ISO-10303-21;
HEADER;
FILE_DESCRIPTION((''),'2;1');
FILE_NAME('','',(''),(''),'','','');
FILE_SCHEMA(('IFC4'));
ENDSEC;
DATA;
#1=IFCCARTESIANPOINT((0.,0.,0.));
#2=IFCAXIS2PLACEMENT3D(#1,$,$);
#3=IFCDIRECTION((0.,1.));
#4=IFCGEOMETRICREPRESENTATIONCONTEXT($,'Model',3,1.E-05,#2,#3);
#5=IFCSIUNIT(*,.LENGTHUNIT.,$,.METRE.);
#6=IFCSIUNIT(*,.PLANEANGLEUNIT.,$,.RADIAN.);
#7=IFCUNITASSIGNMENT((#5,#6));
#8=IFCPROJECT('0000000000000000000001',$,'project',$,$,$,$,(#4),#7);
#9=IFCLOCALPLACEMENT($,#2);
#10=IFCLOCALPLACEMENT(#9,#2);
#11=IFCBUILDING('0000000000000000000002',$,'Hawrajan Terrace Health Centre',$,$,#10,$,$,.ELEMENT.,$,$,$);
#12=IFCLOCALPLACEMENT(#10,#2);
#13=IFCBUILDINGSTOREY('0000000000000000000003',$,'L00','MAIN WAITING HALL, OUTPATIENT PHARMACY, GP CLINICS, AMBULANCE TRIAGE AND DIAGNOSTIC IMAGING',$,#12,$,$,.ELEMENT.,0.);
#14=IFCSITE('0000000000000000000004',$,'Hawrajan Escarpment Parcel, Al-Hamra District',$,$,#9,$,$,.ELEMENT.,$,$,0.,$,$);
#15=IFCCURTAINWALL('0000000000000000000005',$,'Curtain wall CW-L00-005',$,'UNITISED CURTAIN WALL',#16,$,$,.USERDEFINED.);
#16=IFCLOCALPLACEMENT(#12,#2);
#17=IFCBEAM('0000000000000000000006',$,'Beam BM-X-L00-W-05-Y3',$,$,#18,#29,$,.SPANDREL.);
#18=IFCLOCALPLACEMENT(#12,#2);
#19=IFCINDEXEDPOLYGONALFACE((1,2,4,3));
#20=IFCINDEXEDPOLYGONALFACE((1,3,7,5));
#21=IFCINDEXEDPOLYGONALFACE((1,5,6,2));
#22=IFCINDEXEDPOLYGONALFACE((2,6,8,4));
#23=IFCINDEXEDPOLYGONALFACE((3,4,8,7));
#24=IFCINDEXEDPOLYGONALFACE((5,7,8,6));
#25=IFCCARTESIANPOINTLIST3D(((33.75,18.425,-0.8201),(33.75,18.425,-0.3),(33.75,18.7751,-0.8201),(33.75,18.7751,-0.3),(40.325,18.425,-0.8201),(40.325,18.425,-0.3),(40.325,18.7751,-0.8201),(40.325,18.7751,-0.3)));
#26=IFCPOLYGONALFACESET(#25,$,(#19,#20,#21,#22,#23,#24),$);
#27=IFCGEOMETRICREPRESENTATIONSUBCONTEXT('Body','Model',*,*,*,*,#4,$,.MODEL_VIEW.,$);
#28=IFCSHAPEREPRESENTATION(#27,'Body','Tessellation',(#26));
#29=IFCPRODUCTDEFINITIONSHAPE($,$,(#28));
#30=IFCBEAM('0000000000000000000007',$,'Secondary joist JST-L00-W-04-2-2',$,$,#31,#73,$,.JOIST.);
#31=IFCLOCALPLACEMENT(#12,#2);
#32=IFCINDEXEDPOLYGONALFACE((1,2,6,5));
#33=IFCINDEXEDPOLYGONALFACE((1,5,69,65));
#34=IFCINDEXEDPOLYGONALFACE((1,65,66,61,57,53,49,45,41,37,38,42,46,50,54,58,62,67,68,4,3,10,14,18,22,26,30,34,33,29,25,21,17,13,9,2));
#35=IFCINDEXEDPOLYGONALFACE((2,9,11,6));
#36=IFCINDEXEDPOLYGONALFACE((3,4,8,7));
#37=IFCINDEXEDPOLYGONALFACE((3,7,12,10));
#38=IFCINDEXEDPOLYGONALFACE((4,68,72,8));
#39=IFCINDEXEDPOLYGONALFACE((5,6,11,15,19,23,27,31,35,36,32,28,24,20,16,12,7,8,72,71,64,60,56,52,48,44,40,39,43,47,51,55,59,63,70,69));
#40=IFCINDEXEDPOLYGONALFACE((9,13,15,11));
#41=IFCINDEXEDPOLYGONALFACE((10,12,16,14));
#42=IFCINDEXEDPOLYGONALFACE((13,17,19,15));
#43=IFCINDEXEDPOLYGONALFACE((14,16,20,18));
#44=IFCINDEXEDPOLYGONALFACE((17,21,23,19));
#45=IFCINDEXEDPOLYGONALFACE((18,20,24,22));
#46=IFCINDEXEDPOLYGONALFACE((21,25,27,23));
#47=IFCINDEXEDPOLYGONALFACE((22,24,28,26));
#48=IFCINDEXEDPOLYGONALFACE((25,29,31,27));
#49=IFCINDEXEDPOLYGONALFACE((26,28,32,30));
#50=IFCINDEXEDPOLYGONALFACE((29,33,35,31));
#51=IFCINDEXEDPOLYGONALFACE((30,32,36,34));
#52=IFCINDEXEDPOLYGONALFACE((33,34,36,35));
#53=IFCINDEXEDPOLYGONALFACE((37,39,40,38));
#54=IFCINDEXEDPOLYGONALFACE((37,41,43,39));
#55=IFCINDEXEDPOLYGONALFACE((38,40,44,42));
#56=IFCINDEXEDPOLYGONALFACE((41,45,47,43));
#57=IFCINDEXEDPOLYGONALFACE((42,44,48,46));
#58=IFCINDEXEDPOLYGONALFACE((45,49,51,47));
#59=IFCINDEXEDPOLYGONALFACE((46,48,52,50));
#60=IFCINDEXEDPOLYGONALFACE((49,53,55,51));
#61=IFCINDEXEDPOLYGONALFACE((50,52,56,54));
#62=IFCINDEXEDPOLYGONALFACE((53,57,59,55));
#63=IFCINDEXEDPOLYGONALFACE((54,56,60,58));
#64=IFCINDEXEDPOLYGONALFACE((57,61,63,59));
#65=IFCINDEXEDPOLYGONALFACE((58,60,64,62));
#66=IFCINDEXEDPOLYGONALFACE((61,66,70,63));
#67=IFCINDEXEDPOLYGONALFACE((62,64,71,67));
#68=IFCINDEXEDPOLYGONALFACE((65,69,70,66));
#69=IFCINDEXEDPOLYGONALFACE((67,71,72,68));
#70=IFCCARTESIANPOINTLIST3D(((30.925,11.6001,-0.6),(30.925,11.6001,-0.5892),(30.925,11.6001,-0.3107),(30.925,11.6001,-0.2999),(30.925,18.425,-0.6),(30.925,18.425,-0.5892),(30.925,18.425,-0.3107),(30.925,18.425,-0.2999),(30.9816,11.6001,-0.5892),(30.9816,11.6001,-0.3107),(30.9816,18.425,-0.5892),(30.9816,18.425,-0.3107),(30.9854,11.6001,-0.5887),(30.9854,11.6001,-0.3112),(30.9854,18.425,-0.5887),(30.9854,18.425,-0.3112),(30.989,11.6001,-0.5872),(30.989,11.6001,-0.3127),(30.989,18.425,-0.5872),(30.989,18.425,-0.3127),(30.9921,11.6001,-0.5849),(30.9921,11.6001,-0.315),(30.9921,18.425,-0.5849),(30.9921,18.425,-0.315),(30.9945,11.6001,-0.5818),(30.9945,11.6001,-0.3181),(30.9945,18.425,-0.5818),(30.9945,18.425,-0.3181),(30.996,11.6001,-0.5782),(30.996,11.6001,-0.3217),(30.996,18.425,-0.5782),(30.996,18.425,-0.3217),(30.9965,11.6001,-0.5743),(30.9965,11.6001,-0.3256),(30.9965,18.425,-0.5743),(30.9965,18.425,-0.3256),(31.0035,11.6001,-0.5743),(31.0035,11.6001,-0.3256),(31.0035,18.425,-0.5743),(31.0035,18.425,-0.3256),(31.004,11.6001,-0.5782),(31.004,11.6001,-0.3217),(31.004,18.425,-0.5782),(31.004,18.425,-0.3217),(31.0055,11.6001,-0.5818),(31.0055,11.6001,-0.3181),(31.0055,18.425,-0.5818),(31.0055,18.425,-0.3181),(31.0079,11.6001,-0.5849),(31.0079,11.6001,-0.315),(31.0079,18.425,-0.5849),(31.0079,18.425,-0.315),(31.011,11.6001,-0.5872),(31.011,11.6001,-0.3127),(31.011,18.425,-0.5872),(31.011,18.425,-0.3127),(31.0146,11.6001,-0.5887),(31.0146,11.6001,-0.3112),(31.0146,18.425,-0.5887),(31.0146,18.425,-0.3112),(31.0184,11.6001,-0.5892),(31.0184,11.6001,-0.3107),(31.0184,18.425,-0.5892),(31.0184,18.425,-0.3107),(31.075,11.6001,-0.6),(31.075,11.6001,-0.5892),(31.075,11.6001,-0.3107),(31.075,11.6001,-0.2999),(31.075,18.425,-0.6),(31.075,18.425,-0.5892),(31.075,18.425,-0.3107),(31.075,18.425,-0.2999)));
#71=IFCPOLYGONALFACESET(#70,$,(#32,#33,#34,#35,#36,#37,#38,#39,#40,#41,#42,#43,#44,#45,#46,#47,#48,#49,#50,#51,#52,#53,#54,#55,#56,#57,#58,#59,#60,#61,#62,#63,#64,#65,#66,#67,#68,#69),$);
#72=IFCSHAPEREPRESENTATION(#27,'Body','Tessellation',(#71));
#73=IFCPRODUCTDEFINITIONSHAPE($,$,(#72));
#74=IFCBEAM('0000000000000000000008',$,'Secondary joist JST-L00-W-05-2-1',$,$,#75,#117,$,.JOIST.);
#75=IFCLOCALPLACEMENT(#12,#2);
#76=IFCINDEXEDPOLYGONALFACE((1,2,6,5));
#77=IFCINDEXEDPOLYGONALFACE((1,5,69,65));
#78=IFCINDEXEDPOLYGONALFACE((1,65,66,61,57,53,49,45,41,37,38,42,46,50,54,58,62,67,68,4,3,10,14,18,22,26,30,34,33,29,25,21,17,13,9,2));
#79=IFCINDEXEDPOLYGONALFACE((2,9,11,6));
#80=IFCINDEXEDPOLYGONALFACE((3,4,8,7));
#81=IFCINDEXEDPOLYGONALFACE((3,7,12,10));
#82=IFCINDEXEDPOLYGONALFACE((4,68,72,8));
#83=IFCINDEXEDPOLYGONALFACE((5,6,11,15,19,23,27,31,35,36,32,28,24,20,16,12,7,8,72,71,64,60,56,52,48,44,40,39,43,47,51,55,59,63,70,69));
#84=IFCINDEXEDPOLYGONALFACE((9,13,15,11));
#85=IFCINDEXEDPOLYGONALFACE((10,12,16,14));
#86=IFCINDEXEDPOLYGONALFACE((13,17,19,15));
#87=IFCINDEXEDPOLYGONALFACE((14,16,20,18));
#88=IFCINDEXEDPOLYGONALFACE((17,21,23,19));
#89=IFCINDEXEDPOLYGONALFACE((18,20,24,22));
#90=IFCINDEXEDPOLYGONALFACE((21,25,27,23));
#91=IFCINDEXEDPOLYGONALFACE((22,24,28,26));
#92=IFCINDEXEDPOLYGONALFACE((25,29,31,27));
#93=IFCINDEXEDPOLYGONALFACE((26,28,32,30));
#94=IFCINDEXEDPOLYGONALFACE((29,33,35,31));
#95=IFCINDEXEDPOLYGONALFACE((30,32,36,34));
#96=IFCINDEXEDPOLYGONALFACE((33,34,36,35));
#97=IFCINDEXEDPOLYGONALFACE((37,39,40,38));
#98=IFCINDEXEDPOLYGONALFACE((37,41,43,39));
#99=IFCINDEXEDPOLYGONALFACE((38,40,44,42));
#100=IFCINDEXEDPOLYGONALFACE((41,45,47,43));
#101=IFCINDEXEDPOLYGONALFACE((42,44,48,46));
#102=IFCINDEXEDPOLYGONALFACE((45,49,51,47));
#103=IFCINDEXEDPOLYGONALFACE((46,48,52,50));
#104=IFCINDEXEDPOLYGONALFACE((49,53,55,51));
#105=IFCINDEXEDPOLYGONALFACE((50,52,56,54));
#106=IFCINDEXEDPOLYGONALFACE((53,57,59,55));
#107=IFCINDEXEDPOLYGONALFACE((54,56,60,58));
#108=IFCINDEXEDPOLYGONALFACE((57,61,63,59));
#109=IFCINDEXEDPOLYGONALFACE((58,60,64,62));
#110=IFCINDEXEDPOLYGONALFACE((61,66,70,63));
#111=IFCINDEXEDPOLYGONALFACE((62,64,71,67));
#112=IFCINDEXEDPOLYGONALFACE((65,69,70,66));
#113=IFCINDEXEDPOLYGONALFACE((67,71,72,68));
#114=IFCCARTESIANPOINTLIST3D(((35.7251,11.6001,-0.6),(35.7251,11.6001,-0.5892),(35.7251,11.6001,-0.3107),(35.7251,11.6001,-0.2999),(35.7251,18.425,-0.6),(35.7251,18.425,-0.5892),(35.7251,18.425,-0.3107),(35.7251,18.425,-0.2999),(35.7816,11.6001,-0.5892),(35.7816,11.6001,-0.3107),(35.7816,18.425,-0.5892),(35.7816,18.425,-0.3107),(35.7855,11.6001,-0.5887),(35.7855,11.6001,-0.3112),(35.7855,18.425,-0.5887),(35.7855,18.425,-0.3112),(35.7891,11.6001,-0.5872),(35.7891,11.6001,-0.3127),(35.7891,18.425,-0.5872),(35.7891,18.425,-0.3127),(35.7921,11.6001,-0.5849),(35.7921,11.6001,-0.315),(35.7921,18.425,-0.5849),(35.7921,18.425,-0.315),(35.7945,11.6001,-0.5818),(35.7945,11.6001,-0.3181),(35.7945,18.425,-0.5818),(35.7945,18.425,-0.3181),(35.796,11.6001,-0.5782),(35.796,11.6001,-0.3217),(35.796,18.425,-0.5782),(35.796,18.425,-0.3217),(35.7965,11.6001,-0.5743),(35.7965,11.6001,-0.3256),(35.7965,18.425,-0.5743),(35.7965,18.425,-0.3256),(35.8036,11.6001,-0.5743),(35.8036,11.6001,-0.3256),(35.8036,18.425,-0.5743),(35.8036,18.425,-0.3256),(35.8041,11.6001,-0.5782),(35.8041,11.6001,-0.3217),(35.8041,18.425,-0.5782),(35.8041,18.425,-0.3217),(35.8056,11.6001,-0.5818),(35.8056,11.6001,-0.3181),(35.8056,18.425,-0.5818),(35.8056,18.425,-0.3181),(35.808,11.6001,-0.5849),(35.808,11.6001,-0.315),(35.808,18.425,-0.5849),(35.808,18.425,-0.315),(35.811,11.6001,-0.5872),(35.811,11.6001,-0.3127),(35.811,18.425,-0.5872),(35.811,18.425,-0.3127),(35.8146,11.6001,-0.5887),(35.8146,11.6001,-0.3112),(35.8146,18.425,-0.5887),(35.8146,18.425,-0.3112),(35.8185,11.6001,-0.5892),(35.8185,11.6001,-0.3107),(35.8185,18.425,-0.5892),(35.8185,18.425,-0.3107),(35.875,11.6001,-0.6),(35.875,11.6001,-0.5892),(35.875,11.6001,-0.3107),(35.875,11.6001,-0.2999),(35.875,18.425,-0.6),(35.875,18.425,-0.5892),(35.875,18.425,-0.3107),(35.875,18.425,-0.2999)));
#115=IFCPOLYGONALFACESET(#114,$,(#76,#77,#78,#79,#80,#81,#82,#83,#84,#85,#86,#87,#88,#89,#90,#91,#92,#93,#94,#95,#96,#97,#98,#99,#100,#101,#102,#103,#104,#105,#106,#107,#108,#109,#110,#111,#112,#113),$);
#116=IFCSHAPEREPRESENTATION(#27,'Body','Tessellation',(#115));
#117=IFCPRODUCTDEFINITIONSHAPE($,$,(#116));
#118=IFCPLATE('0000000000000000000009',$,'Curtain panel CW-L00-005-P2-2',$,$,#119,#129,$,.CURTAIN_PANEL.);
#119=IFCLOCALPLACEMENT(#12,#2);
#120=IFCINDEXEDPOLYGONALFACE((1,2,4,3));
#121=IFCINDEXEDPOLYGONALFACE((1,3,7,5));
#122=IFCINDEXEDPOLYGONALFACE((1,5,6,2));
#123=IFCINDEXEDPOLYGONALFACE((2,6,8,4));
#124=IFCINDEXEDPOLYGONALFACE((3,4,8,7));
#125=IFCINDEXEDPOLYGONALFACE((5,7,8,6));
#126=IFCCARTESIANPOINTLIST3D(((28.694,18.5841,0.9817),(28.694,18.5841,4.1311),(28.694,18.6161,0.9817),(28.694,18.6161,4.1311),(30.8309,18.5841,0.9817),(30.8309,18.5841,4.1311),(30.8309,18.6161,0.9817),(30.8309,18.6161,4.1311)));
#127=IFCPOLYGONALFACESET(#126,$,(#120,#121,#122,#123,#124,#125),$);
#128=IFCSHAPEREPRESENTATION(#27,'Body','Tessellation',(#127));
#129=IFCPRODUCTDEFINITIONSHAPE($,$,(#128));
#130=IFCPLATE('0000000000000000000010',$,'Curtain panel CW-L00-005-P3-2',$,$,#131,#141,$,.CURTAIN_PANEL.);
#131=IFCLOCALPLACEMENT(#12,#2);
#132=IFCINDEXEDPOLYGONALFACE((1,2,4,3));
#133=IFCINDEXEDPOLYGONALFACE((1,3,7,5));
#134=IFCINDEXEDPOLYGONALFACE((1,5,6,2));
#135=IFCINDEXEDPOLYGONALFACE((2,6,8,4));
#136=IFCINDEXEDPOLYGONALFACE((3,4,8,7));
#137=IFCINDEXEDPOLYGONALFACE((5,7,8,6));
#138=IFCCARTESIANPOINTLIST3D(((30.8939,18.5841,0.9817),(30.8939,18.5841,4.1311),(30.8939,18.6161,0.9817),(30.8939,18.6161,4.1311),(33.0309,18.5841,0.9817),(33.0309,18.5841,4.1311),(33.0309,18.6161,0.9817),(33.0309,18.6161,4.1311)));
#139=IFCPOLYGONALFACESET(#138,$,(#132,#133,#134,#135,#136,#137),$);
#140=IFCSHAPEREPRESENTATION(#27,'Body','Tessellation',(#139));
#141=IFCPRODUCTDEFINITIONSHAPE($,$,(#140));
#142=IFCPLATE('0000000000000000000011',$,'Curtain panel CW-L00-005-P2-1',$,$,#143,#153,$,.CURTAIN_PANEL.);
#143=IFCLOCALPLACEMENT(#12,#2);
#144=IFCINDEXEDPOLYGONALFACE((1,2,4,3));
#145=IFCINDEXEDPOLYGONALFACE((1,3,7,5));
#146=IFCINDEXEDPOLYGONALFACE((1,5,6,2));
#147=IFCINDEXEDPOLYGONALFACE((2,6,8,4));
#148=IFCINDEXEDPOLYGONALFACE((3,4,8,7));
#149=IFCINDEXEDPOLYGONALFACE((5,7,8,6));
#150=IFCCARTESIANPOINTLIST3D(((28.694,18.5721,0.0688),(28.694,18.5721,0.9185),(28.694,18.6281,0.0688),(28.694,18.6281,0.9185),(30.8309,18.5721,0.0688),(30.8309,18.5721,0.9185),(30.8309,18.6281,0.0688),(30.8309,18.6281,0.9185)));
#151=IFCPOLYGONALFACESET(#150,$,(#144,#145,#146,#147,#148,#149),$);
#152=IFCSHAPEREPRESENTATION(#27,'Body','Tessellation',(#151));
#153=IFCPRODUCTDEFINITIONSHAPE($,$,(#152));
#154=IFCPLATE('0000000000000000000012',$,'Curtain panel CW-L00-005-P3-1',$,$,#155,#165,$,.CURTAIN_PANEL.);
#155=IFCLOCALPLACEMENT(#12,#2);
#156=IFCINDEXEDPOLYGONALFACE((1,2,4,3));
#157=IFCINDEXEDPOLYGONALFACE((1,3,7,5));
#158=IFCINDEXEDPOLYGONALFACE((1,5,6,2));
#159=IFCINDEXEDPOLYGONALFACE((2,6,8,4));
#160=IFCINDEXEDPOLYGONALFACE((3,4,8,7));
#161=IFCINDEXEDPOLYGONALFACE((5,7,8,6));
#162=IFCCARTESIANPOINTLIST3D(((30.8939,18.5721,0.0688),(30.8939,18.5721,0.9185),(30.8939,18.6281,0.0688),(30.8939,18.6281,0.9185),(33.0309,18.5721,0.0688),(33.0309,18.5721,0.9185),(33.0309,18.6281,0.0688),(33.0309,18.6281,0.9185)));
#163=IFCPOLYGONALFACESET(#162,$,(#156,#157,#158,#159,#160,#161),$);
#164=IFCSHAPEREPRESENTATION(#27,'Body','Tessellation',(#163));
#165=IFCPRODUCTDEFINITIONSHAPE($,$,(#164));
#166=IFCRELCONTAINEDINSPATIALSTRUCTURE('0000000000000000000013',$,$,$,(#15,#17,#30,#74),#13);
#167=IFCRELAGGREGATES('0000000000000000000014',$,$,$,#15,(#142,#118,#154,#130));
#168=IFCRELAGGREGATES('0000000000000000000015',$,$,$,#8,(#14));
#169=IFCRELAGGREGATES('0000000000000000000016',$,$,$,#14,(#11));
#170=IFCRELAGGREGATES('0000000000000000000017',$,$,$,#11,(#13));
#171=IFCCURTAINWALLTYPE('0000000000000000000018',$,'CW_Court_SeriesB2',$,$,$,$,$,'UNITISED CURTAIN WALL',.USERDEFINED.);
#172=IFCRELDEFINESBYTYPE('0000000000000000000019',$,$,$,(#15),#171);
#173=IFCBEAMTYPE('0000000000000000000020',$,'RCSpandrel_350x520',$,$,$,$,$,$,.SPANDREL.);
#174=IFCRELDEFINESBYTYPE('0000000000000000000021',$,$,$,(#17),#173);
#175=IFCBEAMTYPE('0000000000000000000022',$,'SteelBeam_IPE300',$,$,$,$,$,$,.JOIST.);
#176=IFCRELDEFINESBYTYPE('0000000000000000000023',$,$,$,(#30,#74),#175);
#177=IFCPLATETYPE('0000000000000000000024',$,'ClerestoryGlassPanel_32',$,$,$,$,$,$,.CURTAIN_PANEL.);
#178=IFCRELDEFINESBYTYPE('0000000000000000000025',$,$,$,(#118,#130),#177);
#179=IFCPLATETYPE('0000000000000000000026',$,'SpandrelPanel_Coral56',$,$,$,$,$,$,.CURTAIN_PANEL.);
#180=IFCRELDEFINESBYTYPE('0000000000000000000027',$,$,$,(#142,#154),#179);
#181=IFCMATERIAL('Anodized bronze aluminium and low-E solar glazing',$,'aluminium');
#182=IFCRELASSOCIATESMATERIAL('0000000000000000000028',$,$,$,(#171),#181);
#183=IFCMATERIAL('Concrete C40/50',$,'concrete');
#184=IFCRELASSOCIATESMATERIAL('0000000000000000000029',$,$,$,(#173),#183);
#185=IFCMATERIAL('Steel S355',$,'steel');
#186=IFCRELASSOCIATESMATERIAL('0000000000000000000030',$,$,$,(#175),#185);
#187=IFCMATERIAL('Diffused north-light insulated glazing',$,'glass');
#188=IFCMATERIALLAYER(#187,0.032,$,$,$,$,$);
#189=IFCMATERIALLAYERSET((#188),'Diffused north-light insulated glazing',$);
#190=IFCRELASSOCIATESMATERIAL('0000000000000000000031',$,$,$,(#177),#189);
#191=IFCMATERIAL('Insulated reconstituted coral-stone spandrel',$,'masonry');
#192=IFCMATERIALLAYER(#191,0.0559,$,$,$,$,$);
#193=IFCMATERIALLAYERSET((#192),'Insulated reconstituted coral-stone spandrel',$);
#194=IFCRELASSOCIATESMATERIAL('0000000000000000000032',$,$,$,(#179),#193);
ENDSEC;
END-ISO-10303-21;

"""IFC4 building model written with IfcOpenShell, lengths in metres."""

from ifc_helpers import new_model, si_unit, direction, frame, origin, origin_2d, place, context, subcontext, project, spatial, rectangle, i_section, extrude, material, layer, layer_set, material_profile, profile_set, type_object, element, aggregate, save


model = new_model("IFC4")

# Units and contexts
model_context = context("Model", 3, precision=1e-05, world=origin(), true_north=direction((0.0, 1.0)))
body_context = subcontext(model_context, "Body", "Model", "MODEL_VIEW")
ifc_project = project(units=[si_unit("LENGTHUNIT", "METRE"), si_unit("PLANEANGLEUNIT", "RADIAN")], contexts=[model_context])

# Site, building, storey
site_placement = place(None, origin())
site = spatial("IfcSite", under=ifc_project, at=site_placement, Name="Hawrajan Escarpment Parcel, Al-Hamra District", CompositionType="ELEMENT", RefElevation=0.0)
building_placement = place(site_placement, origin())
building = spatial("IfcBuilding", under=site, at=building_placement, Name="Hawrajan Terrace Health Centre", CompositionType="ELEMENT")
storey_placement = place(building_placement, origin())
storey = spatial("IfcBuildingStorey", under=building, at=storey_placement, Name="L00", Description="MAIN WAITING HALL, OUTPATIENT PHARMACY, GP CLINICS, AMBULANCE TRIAGE AND DIAGNOSTIC IMAGING", CompositionType="ELEMENT", Elevation=0.0)

# Shared definitions
ifc_material_1 = material(Name="Concrete C40/50", Category="concrete")

# Curtain wall
ifc_material_2 = material(Name="Anodized bronze aluminium and low-E solar glazing", Category="aluminium")
curtain_wall_type_1 = type_object("IfcCurtainWallType", Name="CW_Court_SeriesB2", ElementType="UNITISED CURTAIN WALL", PredefinedType="USERDEFINED", material=ifc_material_2)
curtain_wall_1_placement = place(storey_placement, origin())
curtain_wall_1 = element("IfcCurtainWall", 1, at=curtain_wall_1_placement, inside=storey, type_object=curtain_wall_type_1, Name="Curtain wall CW-L00-005", ObjectType="UNITISED CURTAIN WALL", PredefinedType="USERDEFINED")

# Beams
ifc_material_profile_1 = material_profile(ifc_material_1, rectangle(XDim=0.3501, YDim=0.52, at=origin_2d()), Name="RC SP 350x520")
ifc_profile_set_1 = profile_set([ifc_material_profile_1], Name="Concrete C40/50")
beam_type_1 = type_object("IfcBeamType", Name="RCSpandrel_350x520", PredefinedType="SPANDREL", material=ifc_profile_set_1)
beam_1_placement = place(storey_placement, frame((33.75, 18.6001, -0.5601), z_axis=(1.0, 0.0, 0.0), x_axis=(0.0, 1.0, 0.0)))
element("IfcBeam", 2, at=beam_1_placement, inside=storey, type_object=beam_type_1, Name="Beam BM-X-L00-W-05-Y3", PredefinedType="SPANDREL", context=body_context, shape_type="SweptSolid", body=[
    extrude(rectangle(XDim=0.3501, YDim=0.52, at=origin_2d()), origin(), (0.0, 0.0, 1.0), 6.575),
])
ifc_material_3 = material(Name="Steel S355", Category="steel")
ifc_material_profile_2 = material_profile(ifc_material_3, i_section(OverallWidth=0.1499, OverallDepth=0.3, WebThickness=0.0071, FlangeThickness=0.0107, FilletRadius=0.0149, at=origin_2d()), Name="IPE 300")
ifc_profile_set_2 = profile_set([ifc_material_profile_2], Name="Steel S355")
beam_type_2 = type_object("IfcBeamType", Name="SteelBeam_IPE300", PredefinedType="JOIST", material=ifc_profile_set_2)
for number, where, z_axis, x_axis, name in (
    (3, (31.0, 11.6001, -0.45), (0.0, 1.0, 0.0), (-1.0, 0.0, 0.0), "Secondary joist JST-L00-W-04-2-2"),
    (4, (35.8, 11.6001, -0.45), (0.0, 1.0, 0.0), (-1.0, 0.0, 0.0), "Secondary joist JST-L00-W-05-2-1"),
):
    element("IfcBeam", number, at=place(storey_placement, frame(where, z_axis=z_axis, x_axis=x_axis)), inside=storey, type_object=beam_type_2, Name=name, PredefinedType="JOIST", context=body_context, shape_type="SweptSolid", body=[
        extrude(i_section(OverallWidth=0.1499, OverallDepth=0.3, WebThickness=0.0071, FlangeThickness=0.0107, FilletRadius=0.0149, at=origin_2d()), origin(), (0.0, 0.0, 1.0), 6.825),
    ])

# Plates
ifc_material_4 = material(Name="Diffused north-light insulated glazing", Category="glass")
ifc_layer_1 = layer(ifc_material_4, 0.032)
ifc_layer_set_1 = layer_set([ifc_layer_1], Name="Diffused north-light insulated glazing")
plate_type_1 = type_object("IfcPlateType", Name="ClerestoryGlassPanel_32", PredefinedType="CURTAIN_PANEL", material=ifc_layer_set_1)
plate_1_placement = place(storey_placement, frame((29.7625, 18.6001, 0.9817), z_axis=(0.0, 0.0, 1.0), x_axis=(1.0, 0.0, 0.0)))
plate_1 = element("IfcPlate", 5, at=plate_1_placement, type_object=plate_type_1, Name="Curtain panel CW-L00-005-P2-2", PredefinedType="CURTAIN_PANEL", context=body_context, shape_type="SweptSolid", body=[
    extrude(rectangle(XDim=2.137, YDim=0.032, at=origin_2d()), origin(), (0.0, 0.0, 1.0), 3.1494),
])
plate_2_placement = place(storey_placement, frame((31.9624, 18.6001, 0.9817), z_axis=(0.0, 0.0, 1.0), x_axis=(1.0, 0.0, 0.0)))
plate_2 = element("IfcPlate", 6, at=plate_2_placement, type_object=plate_type_1, Name="Curtain panel CW-L00-005-P3-2", PredefinedType="CURTAIN_PANEL", context=body_context, shape_type="SweptSolid", body=[
    extrude(rectangle(XDim=2.137, YDim=0.032, at=origin_2d()), origin(), (0.0, 0.0, 1.0), 3.1494),
])
ifc_material_5 = material(Name="Insulated reconstituted coral-stone spandrel", Category="masonry")
ifc_layer_2 = layer(ifc_material_5, 0.0559)
ifc_layer_set_2 = layer_set([ifc_layer_2], Name="Insulated reconstituted coral-stone spandrel")
plate_type_2 = type_object("IfcPlateType", Name="SpandrelPanel_Coral56", PredefinedType="CURTAIN_PANEL", material=ifc_layer_set_2)
plate_3_placement = place(storey_placement, frame((29.7625, 18.6001, 0.0688), z_axis=(0.0, 0.0, 1.0), x_axis=(1.0, 0.0, 0.0)))
plate_3 = element("IfcPlate", 7, at=plate_3_placement, type_object=plate_type_2, Name="Curtain panel CW-L00-005-P2-1", PredefinedType="CURTAIN_PANEL", context=body_context, shape_type="SweptSolid", body=[
    extrude(rectangle(XDim=2.137, YDim=0.0559, at=origin_2d()), origin(), (0.0, 0.0, 1.0), 0.8496),
])
plate_4_placement = place(storey_placement, frame((31.9624, 18.6001, 0.0688), z_axis=(0.0, 0.0, 1.0), x_axis=(1.0, 0.0, 0.0)))
plate_4 = element("IfcPlate", 8, at=plate_4_placement, type_object=plate_type_2, Name="Curtain panel CW-L00-005-P3-1", PredefinedType="CURTAIN_PANEL", context=body_context, shape_type="SweptSolid", body=[
    extrude(rectangle(XDim=2.137, YDim=0.0559, at=origin_2d()), origin(), (0.0, 0.0, 1.0), 0.8496),
])
aggregate(curtain_wall_1, [plate_3, plate_1, plate_4, plate_2])

save(model, "model.ifc")
